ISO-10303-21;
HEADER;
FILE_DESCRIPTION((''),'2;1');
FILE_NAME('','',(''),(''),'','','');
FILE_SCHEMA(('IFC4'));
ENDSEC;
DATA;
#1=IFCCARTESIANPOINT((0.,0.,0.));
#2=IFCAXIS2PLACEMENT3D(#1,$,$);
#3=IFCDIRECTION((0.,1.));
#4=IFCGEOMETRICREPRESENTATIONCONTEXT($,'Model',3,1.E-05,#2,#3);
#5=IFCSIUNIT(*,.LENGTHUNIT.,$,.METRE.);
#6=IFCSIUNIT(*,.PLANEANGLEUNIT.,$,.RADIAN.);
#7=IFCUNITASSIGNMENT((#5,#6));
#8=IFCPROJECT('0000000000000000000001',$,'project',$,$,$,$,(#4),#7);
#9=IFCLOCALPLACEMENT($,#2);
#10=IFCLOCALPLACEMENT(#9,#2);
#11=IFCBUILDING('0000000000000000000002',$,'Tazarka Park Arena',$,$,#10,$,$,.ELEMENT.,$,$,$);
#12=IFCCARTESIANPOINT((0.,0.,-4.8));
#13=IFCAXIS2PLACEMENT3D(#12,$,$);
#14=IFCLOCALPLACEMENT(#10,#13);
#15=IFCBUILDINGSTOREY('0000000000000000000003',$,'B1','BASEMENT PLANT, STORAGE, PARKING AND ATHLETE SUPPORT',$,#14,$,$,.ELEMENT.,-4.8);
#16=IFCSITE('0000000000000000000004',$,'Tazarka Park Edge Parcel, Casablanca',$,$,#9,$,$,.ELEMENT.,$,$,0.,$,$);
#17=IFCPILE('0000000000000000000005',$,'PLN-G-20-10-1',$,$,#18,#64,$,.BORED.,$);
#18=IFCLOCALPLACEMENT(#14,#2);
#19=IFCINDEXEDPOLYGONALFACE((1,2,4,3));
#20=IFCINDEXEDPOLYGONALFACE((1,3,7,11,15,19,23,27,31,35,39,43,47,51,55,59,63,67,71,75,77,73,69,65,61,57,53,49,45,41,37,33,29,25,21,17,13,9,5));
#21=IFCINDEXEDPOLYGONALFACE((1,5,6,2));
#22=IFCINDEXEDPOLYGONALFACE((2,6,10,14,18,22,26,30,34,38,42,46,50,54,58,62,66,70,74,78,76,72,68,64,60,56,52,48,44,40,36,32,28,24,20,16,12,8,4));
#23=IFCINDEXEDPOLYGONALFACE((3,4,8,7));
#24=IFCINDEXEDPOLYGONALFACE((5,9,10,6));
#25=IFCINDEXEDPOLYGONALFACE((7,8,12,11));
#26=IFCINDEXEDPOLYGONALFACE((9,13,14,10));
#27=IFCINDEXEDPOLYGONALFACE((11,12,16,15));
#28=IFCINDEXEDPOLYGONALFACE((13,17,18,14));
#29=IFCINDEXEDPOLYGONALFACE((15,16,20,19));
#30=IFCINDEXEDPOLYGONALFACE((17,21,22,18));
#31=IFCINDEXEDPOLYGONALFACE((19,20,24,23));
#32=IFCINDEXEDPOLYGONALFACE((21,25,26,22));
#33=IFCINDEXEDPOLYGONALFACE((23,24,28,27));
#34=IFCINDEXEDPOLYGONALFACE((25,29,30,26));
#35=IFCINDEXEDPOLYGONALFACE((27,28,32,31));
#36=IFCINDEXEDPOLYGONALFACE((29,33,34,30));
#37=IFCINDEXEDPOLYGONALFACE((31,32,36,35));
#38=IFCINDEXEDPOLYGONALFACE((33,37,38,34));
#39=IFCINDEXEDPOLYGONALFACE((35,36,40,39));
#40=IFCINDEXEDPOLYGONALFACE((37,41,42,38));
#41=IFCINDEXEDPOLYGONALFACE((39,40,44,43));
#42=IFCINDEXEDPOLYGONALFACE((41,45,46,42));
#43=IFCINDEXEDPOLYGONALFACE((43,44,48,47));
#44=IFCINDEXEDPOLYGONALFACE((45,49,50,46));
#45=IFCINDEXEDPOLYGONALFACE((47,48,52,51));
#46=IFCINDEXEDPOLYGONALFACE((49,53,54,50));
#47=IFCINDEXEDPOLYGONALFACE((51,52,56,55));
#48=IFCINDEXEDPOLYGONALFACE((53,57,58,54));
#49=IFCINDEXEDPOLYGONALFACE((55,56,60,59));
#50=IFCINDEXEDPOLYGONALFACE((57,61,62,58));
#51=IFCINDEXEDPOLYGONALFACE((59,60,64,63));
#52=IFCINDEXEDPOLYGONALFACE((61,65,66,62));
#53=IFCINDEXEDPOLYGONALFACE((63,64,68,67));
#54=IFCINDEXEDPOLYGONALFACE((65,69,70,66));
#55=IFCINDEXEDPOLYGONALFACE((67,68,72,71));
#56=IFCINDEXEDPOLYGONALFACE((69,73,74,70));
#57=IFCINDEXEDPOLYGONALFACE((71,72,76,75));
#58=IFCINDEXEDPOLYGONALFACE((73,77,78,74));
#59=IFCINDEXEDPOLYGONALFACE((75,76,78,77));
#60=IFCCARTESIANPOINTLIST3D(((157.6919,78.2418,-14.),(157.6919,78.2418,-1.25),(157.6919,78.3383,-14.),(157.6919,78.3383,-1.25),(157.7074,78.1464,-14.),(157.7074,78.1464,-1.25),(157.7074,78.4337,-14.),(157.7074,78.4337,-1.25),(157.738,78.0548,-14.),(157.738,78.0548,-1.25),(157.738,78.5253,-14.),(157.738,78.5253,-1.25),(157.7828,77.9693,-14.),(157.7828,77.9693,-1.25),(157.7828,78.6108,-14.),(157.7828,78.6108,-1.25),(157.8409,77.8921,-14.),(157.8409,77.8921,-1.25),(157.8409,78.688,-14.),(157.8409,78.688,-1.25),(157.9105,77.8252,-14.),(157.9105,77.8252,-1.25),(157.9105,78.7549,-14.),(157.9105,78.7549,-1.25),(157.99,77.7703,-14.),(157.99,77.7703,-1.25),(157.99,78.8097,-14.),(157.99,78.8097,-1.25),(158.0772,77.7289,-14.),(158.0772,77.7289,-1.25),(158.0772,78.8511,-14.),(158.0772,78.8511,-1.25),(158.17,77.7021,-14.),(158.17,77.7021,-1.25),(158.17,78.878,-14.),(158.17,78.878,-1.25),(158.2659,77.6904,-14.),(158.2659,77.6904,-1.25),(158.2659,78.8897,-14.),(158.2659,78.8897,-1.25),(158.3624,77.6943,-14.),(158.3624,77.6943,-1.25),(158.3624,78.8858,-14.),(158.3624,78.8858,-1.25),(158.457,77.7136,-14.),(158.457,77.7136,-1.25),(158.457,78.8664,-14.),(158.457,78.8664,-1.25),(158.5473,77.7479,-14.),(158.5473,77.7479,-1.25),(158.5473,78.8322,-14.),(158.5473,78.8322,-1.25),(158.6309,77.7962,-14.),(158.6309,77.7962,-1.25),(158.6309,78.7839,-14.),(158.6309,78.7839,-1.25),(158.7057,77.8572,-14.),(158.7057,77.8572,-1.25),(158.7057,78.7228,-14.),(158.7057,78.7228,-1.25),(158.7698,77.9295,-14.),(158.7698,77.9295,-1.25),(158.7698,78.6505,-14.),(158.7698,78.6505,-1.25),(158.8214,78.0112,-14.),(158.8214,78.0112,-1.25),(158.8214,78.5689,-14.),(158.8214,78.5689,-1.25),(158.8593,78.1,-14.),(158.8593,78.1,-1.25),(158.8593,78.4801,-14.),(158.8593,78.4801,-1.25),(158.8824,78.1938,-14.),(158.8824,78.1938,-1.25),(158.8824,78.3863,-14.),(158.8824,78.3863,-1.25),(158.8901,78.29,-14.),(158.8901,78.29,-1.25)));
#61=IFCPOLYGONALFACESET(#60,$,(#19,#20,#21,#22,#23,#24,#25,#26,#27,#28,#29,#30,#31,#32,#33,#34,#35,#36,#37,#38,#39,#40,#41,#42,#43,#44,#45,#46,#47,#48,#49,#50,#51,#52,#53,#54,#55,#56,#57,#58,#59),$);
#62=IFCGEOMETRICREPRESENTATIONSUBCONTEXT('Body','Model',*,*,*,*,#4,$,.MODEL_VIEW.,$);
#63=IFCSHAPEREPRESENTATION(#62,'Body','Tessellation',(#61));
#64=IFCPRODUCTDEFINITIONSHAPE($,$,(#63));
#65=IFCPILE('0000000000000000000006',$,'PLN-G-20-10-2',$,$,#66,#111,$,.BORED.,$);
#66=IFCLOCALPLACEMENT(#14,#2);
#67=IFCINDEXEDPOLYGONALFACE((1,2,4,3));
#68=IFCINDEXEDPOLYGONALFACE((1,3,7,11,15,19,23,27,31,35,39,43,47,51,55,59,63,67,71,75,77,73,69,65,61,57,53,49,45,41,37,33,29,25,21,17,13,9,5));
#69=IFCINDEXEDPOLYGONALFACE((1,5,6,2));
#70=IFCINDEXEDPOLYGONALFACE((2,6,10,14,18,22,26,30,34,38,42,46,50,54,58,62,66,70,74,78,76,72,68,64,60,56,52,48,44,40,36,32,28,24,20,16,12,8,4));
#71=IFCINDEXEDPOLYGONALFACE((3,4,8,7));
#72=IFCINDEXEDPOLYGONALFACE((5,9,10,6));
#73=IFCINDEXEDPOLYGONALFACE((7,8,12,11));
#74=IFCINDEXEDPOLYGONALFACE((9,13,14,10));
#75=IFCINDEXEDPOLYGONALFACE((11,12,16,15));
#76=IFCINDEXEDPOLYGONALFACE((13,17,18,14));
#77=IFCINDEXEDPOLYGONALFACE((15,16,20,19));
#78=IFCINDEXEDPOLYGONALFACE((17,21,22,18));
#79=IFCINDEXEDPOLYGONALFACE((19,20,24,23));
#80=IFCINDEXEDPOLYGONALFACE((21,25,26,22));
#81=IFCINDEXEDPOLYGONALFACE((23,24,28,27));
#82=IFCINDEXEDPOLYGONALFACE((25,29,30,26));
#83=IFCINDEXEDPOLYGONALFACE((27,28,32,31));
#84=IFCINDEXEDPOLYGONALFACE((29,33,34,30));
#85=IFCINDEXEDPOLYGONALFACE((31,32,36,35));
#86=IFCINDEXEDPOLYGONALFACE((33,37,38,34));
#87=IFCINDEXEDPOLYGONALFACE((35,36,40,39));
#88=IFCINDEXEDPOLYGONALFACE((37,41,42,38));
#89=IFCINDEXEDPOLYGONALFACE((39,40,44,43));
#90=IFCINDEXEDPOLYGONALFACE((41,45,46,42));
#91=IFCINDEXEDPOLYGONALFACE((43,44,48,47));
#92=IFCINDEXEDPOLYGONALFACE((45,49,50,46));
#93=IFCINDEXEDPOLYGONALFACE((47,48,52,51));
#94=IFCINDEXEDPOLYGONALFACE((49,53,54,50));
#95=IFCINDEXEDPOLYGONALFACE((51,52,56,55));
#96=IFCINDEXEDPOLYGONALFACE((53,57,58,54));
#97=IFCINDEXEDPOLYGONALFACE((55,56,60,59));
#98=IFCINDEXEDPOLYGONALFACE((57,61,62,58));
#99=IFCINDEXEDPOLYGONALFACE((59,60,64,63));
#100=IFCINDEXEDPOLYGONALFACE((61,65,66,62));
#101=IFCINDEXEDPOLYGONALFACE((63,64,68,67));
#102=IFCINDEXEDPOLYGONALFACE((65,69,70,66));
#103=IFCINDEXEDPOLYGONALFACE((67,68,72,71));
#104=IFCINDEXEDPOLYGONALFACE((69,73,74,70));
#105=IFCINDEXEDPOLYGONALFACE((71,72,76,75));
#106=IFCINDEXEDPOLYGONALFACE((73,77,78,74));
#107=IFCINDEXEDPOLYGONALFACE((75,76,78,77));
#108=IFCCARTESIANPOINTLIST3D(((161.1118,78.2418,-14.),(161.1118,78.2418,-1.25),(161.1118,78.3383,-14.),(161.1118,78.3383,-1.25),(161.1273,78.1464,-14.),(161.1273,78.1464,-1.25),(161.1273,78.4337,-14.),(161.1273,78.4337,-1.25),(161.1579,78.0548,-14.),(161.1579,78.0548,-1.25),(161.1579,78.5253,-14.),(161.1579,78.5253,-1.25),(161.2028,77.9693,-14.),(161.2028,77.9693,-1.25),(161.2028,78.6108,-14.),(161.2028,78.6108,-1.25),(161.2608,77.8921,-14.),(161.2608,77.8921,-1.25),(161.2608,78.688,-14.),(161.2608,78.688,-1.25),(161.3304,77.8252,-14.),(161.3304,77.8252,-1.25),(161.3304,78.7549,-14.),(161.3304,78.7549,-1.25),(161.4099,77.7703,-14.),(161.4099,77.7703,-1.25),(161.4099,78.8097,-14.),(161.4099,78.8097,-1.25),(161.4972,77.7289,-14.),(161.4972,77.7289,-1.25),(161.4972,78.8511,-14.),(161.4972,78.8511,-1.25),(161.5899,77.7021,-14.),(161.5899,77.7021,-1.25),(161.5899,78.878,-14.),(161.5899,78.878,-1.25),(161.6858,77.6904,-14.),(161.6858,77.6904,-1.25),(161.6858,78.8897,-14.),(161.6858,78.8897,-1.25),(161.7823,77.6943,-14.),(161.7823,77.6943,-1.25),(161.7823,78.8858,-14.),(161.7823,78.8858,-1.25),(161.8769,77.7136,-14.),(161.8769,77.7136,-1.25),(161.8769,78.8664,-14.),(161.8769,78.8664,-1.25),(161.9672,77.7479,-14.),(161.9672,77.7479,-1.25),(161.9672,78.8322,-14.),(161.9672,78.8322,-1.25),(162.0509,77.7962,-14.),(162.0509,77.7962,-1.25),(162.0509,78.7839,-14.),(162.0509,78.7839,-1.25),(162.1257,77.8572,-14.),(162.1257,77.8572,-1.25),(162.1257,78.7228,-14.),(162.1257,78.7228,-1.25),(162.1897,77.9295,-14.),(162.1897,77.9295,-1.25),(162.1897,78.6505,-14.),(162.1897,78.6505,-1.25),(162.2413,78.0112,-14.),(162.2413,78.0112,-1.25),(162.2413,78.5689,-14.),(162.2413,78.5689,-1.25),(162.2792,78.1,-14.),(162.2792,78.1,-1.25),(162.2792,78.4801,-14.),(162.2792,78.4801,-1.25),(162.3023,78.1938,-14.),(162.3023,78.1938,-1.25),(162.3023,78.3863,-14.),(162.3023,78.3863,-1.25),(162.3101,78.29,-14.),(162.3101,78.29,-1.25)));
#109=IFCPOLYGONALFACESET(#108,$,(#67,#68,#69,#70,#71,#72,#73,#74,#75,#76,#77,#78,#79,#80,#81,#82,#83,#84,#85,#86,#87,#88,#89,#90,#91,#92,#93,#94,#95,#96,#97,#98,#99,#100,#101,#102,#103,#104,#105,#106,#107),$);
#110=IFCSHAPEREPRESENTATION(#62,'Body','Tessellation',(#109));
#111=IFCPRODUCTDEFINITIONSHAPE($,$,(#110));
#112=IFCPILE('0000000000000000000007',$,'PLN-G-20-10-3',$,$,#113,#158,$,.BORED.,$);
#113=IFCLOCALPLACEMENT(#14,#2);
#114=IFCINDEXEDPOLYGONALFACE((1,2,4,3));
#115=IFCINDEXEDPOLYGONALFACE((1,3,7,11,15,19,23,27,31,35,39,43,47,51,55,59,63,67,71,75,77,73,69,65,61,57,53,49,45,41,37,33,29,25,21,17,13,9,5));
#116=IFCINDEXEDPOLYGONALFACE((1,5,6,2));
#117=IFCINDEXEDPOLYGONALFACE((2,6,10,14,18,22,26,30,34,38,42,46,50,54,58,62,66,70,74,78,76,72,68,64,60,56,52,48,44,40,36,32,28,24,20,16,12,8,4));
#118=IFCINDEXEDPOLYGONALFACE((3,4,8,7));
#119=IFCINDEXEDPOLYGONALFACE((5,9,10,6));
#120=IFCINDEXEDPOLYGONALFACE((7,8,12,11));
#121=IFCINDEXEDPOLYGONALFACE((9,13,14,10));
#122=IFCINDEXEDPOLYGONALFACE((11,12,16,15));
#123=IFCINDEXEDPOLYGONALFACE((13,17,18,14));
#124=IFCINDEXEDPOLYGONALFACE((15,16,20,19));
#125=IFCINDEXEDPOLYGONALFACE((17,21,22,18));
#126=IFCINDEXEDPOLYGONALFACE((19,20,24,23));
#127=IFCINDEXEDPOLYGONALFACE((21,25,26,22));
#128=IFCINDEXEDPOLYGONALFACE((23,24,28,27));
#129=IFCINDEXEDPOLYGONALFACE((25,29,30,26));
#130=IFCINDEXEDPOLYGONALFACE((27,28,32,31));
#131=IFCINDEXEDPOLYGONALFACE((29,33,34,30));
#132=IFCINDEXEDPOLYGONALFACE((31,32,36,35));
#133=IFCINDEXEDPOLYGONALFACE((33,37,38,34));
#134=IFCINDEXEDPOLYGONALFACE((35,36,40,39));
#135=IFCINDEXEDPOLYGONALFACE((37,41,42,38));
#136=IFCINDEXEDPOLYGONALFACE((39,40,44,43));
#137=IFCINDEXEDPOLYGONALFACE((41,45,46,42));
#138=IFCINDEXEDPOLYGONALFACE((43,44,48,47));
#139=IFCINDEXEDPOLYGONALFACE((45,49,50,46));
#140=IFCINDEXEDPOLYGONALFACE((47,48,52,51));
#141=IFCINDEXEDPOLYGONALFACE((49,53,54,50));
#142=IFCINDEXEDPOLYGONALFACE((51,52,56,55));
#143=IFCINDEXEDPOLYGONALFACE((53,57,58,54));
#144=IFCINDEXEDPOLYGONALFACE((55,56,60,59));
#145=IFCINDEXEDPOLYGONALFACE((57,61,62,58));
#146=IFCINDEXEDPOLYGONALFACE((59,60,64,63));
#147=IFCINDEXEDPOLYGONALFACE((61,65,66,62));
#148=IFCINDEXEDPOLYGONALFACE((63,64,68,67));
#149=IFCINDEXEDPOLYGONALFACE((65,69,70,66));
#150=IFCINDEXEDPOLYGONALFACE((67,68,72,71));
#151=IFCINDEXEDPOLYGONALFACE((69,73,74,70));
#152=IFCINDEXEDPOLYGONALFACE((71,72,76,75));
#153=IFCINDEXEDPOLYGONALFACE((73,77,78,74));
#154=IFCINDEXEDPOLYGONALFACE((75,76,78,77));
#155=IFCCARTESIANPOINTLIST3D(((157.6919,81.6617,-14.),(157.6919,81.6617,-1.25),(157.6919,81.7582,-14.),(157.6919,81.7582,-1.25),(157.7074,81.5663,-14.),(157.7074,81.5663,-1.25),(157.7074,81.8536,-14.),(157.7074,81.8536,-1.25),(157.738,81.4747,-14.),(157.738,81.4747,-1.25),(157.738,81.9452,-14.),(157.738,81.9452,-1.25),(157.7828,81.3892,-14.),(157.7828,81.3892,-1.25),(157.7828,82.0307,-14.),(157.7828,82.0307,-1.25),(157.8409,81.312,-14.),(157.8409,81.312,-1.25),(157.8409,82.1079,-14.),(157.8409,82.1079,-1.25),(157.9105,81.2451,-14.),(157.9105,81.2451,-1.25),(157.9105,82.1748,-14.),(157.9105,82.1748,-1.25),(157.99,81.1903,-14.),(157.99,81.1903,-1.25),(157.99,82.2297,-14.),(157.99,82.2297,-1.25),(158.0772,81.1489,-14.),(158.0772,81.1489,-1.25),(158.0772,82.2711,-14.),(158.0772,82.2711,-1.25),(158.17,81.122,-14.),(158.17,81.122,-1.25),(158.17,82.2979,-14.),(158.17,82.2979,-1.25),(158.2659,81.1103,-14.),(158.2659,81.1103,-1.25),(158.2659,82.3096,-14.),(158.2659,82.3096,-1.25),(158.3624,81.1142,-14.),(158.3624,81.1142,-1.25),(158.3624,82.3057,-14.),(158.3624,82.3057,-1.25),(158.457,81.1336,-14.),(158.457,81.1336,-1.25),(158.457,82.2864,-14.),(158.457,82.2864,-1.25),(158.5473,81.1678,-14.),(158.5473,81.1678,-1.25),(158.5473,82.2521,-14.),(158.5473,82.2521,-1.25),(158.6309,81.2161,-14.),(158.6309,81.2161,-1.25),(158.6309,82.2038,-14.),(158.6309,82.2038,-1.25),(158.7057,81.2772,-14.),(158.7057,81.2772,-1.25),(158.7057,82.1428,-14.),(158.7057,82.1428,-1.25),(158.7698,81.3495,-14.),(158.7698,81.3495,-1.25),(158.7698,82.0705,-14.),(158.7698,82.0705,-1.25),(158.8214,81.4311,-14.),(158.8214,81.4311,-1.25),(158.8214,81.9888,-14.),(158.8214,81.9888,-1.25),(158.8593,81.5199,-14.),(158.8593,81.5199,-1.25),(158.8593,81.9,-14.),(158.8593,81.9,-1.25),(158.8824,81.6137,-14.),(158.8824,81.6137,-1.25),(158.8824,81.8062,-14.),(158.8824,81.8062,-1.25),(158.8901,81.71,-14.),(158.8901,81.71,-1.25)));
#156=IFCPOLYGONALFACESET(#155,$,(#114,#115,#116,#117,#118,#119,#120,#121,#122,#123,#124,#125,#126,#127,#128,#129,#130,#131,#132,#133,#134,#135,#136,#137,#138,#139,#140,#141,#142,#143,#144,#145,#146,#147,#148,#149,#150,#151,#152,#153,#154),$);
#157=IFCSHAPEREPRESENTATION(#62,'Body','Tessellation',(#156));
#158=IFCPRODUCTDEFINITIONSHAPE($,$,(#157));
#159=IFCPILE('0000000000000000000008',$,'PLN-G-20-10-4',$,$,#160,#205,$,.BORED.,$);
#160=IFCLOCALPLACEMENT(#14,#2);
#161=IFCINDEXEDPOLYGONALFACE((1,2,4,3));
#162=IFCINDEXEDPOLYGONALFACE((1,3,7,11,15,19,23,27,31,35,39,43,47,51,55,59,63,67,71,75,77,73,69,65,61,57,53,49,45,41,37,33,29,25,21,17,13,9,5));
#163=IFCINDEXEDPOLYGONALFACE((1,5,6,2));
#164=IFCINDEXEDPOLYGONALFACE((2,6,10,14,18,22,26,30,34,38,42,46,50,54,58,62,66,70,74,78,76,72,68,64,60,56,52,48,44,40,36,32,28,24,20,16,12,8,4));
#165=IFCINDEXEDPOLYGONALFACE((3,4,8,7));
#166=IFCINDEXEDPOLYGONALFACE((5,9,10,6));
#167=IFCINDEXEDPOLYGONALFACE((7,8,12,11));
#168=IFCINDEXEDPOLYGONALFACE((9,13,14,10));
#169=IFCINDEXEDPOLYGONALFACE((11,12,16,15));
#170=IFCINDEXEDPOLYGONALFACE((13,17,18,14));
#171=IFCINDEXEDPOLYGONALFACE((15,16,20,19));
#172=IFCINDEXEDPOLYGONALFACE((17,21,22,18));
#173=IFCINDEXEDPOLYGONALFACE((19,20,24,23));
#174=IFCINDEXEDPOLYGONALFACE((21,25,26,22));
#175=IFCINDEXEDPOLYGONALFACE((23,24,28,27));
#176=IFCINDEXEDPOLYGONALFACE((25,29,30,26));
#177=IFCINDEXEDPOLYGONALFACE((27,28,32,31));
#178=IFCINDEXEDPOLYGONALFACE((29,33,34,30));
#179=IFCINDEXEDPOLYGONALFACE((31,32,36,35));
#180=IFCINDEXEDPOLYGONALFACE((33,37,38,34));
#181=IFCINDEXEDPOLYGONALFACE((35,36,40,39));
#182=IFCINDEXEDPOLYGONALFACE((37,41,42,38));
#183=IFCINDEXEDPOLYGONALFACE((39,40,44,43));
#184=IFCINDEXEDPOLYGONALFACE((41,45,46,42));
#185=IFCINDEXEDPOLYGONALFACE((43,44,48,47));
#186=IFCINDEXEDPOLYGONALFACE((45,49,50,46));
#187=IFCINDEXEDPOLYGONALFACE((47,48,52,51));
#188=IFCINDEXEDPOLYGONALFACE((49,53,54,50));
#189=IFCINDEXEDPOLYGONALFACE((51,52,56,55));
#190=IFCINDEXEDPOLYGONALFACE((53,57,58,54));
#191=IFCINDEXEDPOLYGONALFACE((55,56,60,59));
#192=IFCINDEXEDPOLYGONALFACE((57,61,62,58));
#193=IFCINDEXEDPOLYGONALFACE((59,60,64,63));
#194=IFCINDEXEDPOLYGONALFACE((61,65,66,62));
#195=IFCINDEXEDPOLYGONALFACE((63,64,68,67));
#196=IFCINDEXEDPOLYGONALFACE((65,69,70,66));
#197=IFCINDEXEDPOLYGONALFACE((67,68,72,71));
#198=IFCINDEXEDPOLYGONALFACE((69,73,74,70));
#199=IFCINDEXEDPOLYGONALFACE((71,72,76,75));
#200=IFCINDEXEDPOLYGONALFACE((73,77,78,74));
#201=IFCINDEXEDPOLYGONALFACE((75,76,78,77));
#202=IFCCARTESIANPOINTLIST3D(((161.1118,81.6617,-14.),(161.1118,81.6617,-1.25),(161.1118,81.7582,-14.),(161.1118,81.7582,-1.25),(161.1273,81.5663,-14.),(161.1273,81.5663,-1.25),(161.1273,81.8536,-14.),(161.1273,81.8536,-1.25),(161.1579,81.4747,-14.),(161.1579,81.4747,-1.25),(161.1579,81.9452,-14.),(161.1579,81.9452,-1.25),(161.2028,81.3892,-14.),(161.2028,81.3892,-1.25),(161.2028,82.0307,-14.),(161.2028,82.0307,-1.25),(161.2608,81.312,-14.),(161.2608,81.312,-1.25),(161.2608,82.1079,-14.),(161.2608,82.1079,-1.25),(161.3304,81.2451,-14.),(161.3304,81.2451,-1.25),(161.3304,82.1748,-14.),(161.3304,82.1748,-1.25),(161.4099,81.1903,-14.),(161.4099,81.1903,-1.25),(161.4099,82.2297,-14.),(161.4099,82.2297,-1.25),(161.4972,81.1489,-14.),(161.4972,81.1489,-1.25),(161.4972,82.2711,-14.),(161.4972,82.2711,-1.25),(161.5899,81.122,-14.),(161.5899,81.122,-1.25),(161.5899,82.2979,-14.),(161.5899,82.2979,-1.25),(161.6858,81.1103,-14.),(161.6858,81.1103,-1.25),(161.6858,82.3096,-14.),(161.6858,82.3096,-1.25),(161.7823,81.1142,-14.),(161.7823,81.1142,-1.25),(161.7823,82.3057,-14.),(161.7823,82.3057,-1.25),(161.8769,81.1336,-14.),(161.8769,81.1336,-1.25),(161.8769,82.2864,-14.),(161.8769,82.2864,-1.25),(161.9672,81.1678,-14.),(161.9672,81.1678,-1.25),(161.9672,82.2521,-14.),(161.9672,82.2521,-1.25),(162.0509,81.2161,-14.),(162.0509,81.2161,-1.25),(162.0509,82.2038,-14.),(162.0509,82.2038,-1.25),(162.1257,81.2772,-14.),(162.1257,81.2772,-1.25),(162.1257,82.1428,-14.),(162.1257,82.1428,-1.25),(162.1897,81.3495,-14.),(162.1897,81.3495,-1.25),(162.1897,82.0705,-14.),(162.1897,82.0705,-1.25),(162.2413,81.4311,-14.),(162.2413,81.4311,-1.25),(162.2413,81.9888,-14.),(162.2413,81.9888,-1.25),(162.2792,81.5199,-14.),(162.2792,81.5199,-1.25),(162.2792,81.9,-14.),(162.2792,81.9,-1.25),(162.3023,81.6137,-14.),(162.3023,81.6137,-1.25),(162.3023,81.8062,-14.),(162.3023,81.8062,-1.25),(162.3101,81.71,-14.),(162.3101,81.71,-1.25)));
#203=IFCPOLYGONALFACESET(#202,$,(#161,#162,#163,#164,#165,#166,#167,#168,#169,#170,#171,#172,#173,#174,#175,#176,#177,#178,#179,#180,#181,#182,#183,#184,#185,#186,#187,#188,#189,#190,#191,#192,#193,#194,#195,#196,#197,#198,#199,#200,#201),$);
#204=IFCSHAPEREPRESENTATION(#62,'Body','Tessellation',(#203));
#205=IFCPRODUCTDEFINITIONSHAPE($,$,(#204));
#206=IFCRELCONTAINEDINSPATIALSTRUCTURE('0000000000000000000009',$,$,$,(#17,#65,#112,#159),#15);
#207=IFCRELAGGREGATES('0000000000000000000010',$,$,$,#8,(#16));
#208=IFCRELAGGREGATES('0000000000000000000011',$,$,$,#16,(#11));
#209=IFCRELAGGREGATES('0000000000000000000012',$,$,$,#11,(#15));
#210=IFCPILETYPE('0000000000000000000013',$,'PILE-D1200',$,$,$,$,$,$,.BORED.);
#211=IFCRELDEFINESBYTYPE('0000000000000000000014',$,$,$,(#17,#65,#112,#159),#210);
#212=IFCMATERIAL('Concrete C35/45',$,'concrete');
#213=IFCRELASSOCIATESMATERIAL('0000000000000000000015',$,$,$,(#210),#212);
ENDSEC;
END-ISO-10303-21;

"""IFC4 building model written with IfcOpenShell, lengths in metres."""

from ifc_helpers import new_model, si_unit, direction, frame, origin, origin_2d, place, context, subcontext, project, spatial, circle, extrude, material, material_profile, profile_set, type_object, element, save


model = new_model("IFC4")

# Units and contexts
model_context = context("Model", 3, precision=1e-05, world=origin(), true_north=direction((0.0, 1.0)))
body_context = subcontext(model_context, "Body", "Model", "MODEL_VIEW")
ifc_project = project(units=[si_unit("LENGTHUNIT", "METRE"), si_unit("PLANEANGLEUNIT", "RADIAN")], contexts=[model_context])

# Site, building, storey
site_placement = place(None, origin())
site = spatial("IfcSite", under=ifc_project, at=site_placement, Name="Tazarka Park Edge Parcel, Casablanca", CompositionType="ELEMENT", RefElevation=0.0)
building_placement = place(site_placement, origin())
building = spatial("IfcBuilding", under=site, at=building_placement, Name="Tazarka Park Arena", CompositionType="ELEMENT")
storey_placement = place(building_placement, frame((0.0, 0.0, -4.8)))
storey = spatial("IfcBuildingStorey", under=building, at=storey_placement, Name="B1", Description="BASEMENT PLANT, STORAGE, PARKING AND ATHLETE SUPPORT", CompositionType="ELEMENT", Elevation=-4.8)

# Piles
ifc_material_1 = material(Name="Concrete C35/45", Category="concrete")
ifc_material_profile_1 = material_profile(ifc_material_1, circle(Radius=0.6001, at=origin_2d()), Name="Concrete C35/45")
ifc_profile_set_1 = profile_set([ifc_material_profile_1], Name="Concrete C35/45")
pile_type_1 = type_object("IfcPileType", Name="PILE-D1200", PredefinedType="BORED", material=ifc_profile_set_1)
for number, where, z_axis, x_axis, name in (
    (1, (158.29, 78.29, -1.25), (0.0, 0.0, -1.0), (1.0, 0.0, 0.0), "PLN-G-20-10-1"),
    (2, (161.71, 78.29, -1.25), (0.0, 0.0, -1.0), (1.0, 0.0, 0.0), "PLN-G-20-10-2"),
    (3, (158.29, 81.71, -1.25), (0.0, 0.0, -1.0), (1.0, 0.0, 0.0), "PLN-G-20-10-3"),
    (4, (161.71, 81.71, -1.25), (0.0, 0.0, -1.0), (1.0, 0.0, 0.0), "PLN-G-20-10-4"),
):
    element("IfcPile", number, at=place(storey_placement, frame(where, z_axis=z_axis, x_axis=x_axis)), inside=storey, type_object=pile_type_1, Name=name, PredefinedType="BORED", context=body_context, shape_type="SweptSolid", body=[
        extrude(circle(Radius=0.6001, at=origin_2d()), origin(), (0.0, 0.0, 1.0), 12.75),
    ])

save(model, "model.ifc")
